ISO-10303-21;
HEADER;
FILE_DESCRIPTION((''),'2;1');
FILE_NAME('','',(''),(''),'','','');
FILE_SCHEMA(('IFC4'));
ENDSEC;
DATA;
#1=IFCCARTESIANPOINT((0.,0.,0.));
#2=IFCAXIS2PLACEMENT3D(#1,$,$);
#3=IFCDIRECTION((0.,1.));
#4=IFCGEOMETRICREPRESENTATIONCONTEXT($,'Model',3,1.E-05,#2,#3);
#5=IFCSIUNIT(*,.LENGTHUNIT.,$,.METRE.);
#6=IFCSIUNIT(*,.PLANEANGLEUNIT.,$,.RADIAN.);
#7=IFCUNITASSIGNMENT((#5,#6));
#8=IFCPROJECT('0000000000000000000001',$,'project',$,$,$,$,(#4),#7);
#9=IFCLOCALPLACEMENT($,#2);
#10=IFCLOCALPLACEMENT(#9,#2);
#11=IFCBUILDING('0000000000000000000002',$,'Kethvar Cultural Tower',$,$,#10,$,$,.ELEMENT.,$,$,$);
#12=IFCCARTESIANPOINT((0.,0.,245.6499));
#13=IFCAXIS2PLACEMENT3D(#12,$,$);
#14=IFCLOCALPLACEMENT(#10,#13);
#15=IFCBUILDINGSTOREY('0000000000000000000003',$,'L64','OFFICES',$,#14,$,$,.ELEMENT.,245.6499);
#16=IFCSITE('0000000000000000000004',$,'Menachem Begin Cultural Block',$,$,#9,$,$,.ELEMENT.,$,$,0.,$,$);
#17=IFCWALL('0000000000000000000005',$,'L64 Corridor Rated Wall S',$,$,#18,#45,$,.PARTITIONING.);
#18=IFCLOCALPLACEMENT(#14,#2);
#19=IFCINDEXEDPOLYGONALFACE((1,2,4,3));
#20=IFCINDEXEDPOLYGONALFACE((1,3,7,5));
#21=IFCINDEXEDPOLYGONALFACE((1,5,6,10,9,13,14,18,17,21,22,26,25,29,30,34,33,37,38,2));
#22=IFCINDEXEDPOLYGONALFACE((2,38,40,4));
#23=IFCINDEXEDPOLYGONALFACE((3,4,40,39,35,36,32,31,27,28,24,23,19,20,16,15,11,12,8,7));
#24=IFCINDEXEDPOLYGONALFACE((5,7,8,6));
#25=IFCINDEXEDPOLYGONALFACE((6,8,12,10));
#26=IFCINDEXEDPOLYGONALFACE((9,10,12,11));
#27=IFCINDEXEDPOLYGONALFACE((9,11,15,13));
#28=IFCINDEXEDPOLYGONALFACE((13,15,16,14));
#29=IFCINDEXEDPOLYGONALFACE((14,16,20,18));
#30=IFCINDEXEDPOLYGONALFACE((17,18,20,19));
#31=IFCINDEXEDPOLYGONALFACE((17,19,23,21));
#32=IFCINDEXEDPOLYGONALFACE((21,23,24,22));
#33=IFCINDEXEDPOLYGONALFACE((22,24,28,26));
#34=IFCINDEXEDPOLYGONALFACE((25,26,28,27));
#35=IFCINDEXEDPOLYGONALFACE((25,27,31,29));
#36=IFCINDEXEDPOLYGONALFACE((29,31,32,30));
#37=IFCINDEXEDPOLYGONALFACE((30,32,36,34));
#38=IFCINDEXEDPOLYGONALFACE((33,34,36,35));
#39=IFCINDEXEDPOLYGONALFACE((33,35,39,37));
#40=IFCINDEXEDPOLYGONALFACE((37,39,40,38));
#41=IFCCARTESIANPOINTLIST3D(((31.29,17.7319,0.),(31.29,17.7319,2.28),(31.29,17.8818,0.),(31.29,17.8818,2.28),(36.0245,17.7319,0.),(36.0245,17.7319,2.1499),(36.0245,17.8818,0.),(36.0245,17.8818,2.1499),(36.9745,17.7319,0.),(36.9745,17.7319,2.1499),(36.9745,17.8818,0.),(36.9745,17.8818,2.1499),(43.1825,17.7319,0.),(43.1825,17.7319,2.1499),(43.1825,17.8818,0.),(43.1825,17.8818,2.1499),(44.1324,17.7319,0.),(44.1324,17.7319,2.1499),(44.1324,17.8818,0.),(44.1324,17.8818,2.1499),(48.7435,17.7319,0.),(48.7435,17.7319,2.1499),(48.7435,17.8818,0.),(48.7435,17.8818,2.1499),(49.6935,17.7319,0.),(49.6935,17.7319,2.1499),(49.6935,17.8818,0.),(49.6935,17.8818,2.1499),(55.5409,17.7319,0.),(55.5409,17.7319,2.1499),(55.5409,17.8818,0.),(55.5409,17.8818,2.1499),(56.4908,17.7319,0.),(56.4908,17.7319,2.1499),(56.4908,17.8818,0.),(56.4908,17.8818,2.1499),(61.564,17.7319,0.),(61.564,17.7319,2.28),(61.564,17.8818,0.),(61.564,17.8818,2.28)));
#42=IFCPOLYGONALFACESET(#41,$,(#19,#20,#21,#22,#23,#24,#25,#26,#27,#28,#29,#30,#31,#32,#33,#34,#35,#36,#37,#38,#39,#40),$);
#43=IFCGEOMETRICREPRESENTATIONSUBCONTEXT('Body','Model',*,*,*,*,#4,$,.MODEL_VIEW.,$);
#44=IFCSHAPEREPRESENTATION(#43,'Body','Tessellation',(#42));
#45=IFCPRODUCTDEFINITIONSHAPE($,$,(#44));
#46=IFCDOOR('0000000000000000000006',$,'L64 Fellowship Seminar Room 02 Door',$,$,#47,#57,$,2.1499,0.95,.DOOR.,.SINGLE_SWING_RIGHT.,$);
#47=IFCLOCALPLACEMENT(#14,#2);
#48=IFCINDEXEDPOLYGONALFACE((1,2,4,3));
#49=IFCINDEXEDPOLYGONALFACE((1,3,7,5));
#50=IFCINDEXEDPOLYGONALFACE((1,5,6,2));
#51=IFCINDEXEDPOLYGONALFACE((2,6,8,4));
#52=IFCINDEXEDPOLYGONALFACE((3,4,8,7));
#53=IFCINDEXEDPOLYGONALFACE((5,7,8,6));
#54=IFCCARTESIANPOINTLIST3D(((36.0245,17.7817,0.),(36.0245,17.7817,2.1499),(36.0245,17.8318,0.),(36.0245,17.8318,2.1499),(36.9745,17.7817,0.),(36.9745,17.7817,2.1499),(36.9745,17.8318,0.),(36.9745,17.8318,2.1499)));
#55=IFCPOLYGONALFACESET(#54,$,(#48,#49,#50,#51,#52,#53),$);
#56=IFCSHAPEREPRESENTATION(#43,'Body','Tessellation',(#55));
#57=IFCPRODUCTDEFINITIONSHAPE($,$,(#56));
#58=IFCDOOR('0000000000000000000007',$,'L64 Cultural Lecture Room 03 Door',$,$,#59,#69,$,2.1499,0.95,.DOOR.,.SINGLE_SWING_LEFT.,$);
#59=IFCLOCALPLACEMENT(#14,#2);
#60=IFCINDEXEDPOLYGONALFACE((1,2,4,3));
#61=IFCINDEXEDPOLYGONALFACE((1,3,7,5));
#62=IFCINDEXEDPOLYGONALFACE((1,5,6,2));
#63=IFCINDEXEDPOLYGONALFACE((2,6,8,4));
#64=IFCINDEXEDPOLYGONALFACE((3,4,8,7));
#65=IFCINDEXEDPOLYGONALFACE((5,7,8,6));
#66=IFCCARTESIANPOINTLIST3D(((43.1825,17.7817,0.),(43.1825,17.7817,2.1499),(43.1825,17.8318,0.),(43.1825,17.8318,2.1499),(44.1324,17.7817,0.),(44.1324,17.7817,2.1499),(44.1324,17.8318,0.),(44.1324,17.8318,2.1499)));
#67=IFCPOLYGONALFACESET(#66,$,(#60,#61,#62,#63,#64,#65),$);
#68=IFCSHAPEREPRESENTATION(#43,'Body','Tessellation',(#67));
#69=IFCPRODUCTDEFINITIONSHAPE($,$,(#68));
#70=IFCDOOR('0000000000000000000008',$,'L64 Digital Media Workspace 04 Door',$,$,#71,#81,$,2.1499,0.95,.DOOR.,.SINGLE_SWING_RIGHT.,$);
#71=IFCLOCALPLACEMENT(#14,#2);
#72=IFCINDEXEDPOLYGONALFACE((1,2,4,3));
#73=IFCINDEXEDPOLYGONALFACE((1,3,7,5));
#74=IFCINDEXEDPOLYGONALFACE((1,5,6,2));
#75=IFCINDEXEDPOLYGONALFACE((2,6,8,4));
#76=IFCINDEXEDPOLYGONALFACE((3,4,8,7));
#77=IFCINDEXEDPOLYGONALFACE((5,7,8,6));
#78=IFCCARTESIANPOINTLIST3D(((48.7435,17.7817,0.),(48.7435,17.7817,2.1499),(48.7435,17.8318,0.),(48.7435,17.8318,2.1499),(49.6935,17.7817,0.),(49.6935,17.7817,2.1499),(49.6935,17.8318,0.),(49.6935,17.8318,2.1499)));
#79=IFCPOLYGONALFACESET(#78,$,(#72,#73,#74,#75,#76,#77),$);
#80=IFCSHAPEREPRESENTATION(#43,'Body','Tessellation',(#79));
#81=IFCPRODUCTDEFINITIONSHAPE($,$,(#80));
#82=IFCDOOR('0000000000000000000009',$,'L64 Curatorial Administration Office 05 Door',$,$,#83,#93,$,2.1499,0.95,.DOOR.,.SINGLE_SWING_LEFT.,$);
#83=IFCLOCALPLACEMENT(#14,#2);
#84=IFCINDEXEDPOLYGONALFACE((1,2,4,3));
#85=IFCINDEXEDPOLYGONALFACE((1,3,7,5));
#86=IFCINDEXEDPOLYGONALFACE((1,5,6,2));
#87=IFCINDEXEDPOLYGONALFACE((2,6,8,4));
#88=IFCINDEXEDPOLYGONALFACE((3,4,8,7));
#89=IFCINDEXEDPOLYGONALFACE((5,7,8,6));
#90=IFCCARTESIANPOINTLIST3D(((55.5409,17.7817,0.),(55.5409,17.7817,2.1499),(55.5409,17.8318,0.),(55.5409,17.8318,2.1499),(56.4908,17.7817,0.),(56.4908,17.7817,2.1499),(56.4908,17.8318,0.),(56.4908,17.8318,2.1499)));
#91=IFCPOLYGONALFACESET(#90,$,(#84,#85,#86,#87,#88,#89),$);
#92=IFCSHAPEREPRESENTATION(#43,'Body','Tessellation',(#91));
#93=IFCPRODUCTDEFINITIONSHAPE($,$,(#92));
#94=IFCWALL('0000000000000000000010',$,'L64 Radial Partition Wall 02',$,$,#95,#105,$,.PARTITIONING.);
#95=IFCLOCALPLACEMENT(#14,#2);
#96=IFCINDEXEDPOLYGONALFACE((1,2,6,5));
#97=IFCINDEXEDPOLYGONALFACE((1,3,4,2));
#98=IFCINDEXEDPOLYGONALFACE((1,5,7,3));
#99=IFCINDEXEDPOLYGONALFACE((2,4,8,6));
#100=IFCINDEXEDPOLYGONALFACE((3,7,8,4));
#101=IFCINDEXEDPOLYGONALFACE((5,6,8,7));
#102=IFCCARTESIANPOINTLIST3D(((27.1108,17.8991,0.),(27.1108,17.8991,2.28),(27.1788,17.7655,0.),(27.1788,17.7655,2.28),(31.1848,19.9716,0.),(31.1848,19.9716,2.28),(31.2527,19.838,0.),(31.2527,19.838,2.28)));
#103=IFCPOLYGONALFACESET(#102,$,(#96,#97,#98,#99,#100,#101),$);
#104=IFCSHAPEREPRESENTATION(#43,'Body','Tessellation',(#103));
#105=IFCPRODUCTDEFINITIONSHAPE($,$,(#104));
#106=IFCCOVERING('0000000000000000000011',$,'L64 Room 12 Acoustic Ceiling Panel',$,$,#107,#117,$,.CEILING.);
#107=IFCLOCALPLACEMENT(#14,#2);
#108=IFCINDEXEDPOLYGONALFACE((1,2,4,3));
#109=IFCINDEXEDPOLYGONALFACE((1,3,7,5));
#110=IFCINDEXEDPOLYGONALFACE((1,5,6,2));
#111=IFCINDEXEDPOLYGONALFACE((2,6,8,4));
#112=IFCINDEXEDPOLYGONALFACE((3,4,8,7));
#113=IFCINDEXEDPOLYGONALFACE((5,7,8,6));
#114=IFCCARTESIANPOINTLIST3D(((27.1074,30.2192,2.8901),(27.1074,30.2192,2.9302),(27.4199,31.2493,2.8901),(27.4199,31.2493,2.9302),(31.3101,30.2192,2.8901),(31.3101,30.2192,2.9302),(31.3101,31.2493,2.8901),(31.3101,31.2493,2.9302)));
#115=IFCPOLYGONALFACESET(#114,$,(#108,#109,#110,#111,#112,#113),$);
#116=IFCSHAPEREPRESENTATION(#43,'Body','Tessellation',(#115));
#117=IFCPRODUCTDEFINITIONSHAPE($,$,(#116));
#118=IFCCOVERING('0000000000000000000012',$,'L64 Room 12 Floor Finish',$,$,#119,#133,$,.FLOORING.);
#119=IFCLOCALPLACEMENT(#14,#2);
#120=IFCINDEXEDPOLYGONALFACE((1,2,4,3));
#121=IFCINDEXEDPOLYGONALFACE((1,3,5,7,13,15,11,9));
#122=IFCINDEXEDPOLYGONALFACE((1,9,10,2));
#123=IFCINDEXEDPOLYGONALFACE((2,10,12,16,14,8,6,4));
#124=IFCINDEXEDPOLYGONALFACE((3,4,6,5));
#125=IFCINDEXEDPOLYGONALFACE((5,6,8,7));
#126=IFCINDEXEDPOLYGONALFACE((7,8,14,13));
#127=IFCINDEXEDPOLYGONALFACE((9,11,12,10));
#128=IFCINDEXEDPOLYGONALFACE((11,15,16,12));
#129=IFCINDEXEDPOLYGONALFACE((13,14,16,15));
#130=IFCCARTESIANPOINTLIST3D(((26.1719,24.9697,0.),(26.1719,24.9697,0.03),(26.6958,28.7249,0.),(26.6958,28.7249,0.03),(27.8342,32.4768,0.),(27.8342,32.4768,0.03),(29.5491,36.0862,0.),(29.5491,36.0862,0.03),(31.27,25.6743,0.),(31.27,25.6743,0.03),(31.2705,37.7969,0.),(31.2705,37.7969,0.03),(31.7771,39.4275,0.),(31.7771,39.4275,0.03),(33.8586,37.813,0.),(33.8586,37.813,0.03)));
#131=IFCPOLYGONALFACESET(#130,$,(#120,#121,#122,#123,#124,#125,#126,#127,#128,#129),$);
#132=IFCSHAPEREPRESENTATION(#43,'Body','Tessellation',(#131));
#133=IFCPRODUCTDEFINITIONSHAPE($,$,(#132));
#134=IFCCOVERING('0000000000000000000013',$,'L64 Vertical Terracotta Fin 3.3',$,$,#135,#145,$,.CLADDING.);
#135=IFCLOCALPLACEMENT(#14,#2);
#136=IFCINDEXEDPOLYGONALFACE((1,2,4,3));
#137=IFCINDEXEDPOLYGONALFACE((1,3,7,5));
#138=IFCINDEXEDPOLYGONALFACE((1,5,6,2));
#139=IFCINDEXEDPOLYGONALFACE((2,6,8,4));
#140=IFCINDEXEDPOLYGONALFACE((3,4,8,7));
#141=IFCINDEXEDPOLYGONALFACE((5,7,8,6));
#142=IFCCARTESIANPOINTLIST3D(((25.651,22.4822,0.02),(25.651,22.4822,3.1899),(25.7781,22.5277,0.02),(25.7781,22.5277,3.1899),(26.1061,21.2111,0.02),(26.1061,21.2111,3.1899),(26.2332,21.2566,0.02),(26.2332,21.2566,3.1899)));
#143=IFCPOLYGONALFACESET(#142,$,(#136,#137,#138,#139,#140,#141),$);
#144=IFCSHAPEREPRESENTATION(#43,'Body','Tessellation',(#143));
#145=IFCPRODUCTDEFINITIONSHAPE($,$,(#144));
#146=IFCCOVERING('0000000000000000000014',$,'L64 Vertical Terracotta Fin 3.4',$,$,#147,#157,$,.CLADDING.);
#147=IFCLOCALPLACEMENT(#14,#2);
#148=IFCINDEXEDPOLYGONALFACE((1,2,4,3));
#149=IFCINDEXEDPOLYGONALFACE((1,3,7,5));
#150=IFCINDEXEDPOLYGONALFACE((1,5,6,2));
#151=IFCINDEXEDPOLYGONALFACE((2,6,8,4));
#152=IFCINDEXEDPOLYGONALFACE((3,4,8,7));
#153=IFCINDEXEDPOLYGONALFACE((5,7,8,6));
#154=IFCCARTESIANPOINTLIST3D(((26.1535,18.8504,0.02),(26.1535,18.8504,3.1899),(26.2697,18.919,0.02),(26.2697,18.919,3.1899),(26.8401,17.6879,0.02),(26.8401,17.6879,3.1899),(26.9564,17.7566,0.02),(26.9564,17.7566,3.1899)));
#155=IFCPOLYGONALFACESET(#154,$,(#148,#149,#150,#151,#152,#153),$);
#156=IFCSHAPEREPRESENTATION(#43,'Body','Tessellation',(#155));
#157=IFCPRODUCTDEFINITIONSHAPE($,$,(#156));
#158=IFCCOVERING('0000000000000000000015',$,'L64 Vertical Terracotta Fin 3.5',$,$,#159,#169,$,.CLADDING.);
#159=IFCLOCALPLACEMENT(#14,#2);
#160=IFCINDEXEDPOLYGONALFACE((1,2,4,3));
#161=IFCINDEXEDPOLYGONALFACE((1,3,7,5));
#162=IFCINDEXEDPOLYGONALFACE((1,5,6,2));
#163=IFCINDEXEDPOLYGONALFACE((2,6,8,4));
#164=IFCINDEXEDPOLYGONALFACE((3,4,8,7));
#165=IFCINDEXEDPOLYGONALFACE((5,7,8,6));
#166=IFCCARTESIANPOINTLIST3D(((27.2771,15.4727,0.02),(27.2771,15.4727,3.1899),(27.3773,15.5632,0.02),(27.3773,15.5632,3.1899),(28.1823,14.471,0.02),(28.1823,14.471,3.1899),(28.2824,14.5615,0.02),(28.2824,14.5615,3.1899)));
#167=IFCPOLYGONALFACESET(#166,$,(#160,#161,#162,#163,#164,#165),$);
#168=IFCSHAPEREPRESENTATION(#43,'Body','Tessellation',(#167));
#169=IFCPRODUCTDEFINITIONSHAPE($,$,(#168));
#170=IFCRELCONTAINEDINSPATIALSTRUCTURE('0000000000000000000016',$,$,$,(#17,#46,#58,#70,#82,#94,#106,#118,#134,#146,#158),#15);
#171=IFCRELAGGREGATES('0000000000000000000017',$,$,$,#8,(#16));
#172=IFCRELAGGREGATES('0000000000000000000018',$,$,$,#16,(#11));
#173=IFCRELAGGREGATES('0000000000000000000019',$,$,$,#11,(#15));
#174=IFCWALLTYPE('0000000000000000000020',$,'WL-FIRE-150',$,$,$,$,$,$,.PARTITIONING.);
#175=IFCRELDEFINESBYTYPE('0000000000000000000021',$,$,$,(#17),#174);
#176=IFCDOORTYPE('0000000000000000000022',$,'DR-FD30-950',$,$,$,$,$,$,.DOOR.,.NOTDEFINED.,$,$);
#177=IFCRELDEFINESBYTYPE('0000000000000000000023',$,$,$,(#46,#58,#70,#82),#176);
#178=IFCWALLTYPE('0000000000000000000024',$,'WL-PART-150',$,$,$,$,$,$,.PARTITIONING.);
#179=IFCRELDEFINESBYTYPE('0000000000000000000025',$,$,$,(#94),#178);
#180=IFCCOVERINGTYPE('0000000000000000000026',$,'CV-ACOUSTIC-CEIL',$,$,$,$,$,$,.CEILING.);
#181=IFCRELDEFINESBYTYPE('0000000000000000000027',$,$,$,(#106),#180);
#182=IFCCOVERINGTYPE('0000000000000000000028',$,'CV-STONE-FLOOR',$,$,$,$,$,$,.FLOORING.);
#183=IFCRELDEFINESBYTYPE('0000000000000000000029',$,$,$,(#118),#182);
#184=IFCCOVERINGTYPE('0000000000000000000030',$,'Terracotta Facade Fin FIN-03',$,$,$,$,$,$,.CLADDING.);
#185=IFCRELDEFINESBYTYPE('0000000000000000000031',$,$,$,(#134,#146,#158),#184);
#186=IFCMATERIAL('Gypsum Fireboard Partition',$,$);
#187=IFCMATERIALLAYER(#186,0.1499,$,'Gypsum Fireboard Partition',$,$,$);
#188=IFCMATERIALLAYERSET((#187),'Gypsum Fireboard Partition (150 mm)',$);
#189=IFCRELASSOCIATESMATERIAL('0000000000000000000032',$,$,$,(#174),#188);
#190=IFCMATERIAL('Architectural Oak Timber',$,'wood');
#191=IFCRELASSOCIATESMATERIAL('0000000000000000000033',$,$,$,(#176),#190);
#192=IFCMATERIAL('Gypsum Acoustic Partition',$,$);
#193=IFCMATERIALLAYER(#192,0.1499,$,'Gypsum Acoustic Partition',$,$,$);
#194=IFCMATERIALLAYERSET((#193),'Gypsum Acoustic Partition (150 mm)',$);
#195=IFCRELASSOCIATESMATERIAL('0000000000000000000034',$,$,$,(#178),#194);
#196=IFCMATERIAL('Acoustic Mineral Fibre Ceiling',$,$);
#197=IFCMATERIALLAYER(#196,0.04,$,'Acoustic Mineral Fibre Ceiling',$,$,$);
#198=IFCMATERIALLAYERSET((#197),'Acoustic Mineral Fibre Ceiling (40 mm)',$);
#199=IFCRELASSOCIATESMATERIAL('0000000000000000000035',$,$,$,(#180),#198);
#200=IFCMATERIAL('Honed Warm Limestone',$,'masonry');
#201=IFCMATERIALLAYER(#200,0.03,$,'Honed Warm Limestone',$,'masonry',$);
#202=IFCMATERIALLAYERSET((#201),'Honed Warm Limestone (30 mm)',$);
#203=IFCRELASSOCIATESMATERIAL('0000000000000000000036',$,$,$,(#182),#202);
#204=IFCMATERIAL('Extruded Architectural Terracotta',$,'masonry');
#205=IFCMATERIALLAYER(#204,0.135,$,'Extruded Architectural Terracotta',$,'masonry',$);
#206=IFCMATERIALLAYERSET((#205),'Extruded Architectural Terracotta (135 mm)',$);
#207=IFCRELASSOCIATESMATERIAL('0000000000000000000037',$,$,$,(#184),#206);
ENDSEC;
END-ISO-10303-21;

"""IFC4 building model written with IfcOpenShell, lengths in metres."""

from ifc_helpers import new_model, si_unit, direction, frame, frame_2d, origin, origin_2d, place, context, subcontext, project, spatial, polyline, rectangle, outline, extrude, source, transform, mapped, material, layer, layer_set, type_object, element, fill, save


model = new_model("IFC4")

# Units and contexts
model_context = context("Model", 3, precision=1e-05, world=origin(), true_north=direction((0.0, 1.0)))
body_context = subcontext(model_context, "Body", "Model", "MODEL_VIEW")
ifc_project = project(units=[si_unit("LENGTHUNIT", "METRE"), si_unit("PLANEANGLEUNIT", "RADIAN")], contexts=[model_context])

# Site, building, storey
site_placement = place(None, origin())
site = spatial("IfcSite", under=ifc_project, at=site_placement, Name="Menachem Begin Cultural Block", CompositionType="ELEMENT", RefElevation=0.0)
building_placement = place(site_placement, origin())
building = spatial("IfcBuilding", under=site, at=building_placement, Name="Kethvar Cultural Tower", CompositionType="ELEMENT")
storey_placement = place(building_placement, frame((0.0, 0.0, 245.6499)))
storey = spatial("IfcBuildingStorey", under=building, at=storey_placement, Name="L64", Description="OFFICES", CompositionType="ELEMENT", Elevation=245.6499)

# Wall, openings, doors
ifc_material_1 = material(Name="Gypsum Fireboard Partition")
ifc_layer_1 = layer(ifc_material_1, 0.1499, Name="Gypsum Fireboard Partition")
ifc_layer_set_1 = layer_set([ifc_layer_1], Name="Gypsum Fireboard Partition (150 mm)")
wall_type_1 = type_object("IfcWallType", Name="WL-FIRE-150", PredefinedType="PARTITIONING", material=ifc_layer_set_1)
wall_1_placement = place(storey_placement, frame((31.29, 17.8069, 0.0), z_axis=(0.0, 0.0, 1.0), x_axis=(1.0, 0.0, 0.0)))
wall_1 = element("IfcWall", 1, at=wall_1_placement, inside=storey, type_object=wall_type_1, Name="L64 Corridor Rated Wall S", PredefinedType="PARTITIONING", context=body_context, shape_type="SweptSolid", body=[
    extrude(rectangle(XDim=30.2739, YDim=0.1499, at=frame_2d((15.137, 0.0))), origin(), (0.0, 0.0, 1.0), 2.28),
])
opening_1_placement = place(wall_1_placement, frame((4.7344, 0.0, 0.0)))
opening_1 = element("IfcOpeningElement", 2, at=opening_1_placement, cuts=wall_1, PredefinedType="OPENING", context=body_context, shape_type="SweptSolid", body=[
    extrude(rectangle(XDim=0.95, YDim=2.1499, at=frame_2d((0.4751, 1.075))), frame((0.0, 0.085, 0.0), z_axis=(0.0, -1.0, 0.0), x_axis=(1.0, 0.0, 0.0)), (0.0, 0.0, 1.0), 0.1699),
])
opening_2_placement = place(wall_1_placement, frame((11.8923, 0.0, 0.0)))
opening_2 = element("IfcOpeningElement", 3, at=opening_2_placement, cuts=wall_1, PredefinedType="OPENING", context=body_context, shape_type="SweptSolid", body=[
    extrude(rectangle(XDim=0.95, YDim=2.1499, at=frame_2d((0.4751, 1.075))), frame((0.0, 0.085, 0.0), z_axis=(0.0, -1.0, 0.0), x_axis=(1.0, 0.0, 0.0)), (0.0, 0.0, 1.0), 0.1699),
])
opening_3_placement = place(wall_1_placement, frame((17.4534, 0.0, 0.0)))
opening_3 = element("IfcOpeningElement", 4, at=opening_3_placement, cuts=wall_1, PredefinedType="OPENING", context=body_context, shape_type="SweptSolid", body=[
    extrude(rectangle(XDim=0.95, YDim=2.1499, at=frame_2d((0.4751, 1.075))), frame((0.0, 0.085, 0.0), z_axis=(0.0, -1.0, 0.0), x_axis=(1.0, 0.0, 0.0)), (0.0, 0.0, 1.0), 0.1699),
])
opening_4_placement = place(wall_1_placement, frame((24.2507, 0.0, 0.0)))
opening_4 = element("IfcOpeningElement", 5, at=opening_4_placement, cuts=wall_1, PredefinedType="OPENING", context=body_context, shape_type="SweptSolid", body=[
    extrude(rectangle(XDim=0.95, YDim=2.1499, at=frame_2d((0.4751, 1.075))), frame((0.0, 0.085, 0.0), z_axis=(0.0, -1.0, 0.0), x_axis=(1.0, 0.0, 0.0)), (0.0, 0.0, 1.0), 0.1699),
])
ifc_material_2 = material(Name="Architectural Oak Timber", Category="wood")
door_type = type_object("IfcDoorType", Name="DR-FD30-950", OperationType="NOTDEFINED", PredefinedType="DOOR", material=ifc_material_2)
shared_shape_1 = source(origin(), body_context, "Body", "SweptSolid", [
    extrude(rectangle(XDim=0.95, YDim=2.1499, at=frame_2d((0.4751, 1.075))), frame((0.0, 0.0249, 0.0), z_axis=(0.0, -1.0, 0.0), x_axis=(1.0, 0.0, 0.0)), (0.0, 0.0, 1.0), 0.05),
])
door_1_placement = place(opening_1_placement, origin())
door_1 = element("IfcDoor", 6, at=door_1_placement, inside=storey, type_object=door_type, Name="L64 Fellowship Seminar Room 02 Door", OperationType="SINGLE_SWING_RIGHT", OverallHeight=2.1499, OverallWidth=0.95, PredefinedType="DOOR", context=body_context, shape_type="MappedRepresentation", body=[
    mapped(shared_shape_1, transform((0.0, 0.0, 0.0), scale=1.0)),
])
fill(opening_1, door_1)
door_2_placement = place(opening_2_placement, origin())
door_2 = element("IfcDoor", 7, at=door_2_placement, inside=storey, type_object=door_type, Name="L64 Cultural Lecture Room 03 Door", OperationType="SINGLE_SWING_LEFT", OverallHeight=2.1499, OverallWidth=0.95, PredefinedType="DOOR", context=body_context, shape_type="MappedRepresentation", body=[
    mapped(shared_shape_1, transform((0.0, 0.0, 0.0), scale=1.0)),
])
fill(opening_2, door_2)
door_3_placement = place(opening_3_placement, origin())
door_3 = element("IfcDoor", 8, at=door_3_placement, inside=storey, type_object=door_type, Name="L64 Digital Media Workspace 04 Door", OperationType="SINGLE_SWING_RIGHT", OverallHeight=2.1499, OverallWidth=0.95, PredefinedType="DOOR", context=body_context, shape_type="MappedRepresentation", body=[
    mapped(shared_shape_1, transform((0.0, 0.0, 0.0), scale=1.0)),
])
fill(opening_3, door_3)
door_4_placement = place(opening_4_placement, origin())
door_4 = element("IfcDoor", 9, at=door_4_placement, inside=storey, type_object=door_type, Name="L64 Curatorial Administration Office 05 Door", OperationType="SINGLE_SWING_LEFT", OverallHeight=2.1499, OverallWidth=0.95, PredefinedType="DOOR", context=body_context, shape_type="MappedRepresentation", body=[
    mapped(shared_shape_1, transform((0.0, 0.0, 0.0), scale=1.0)),
])
fill(opening_4, door_4)

# Wall
ifc_material_3 = material(Name="Gypsum Acoustic Partition")
ifc_layer_2 = layer(ifc_material_3, 0.1499, Name="Gypsum Acoustic Partition")
ifc_layer_set_2 = layer_set([ifc_layer_2], Name="Gypsum Acoustic Partition (150 mm)")
wall_type_2 = type_object("IfcWallType", Name="WL-PART-150", PredefinedType="PARTITIONING", material=ifc_layer_set_2)
wall_2_placement = place(storey_placement, frame((31.2188, 19.9048, 0.0), z_axis=(0.0, 0.0, 1.0), x_axis=(-0.891297, -0.45342, 0.0)))
element("IfcWall", 10, at=wall_2_placement, inside=storey, type_object=wall_type_2, Name="L64 Radial Partition Wall 02", PredefinedType="PARTITIONING", context=body_context, shape_type="SweptSolid", body=[
    extrude(rectangle(XDim=4.5708, YDim=0.1499, at=frame_2d((2.2854, 0.0))), origin(), (0.0, 0.0, 1.0), 2.28),
])

# Coverings
ifc_material_4 = material(Name="Acoustic Mineral Fibre Ceiling")
ifc_layer_3 = layer(ifc_material_4, 0.04, Name="Acoustic Mineral Fibre Ceiling")
ifc_layer_set_3 = layer_set([ifc_layer_3], Name="Acoustic Mineral Fibre Ceiling (40 mm)")
covering_type_1 = type_object("IfcCoveringType", Name="CV-ACOUSTIC-CEIL", PredefinedType="CEILING", material=ifc_layer_set_3)
covering_1_placement = place(storey_placement, frame((0.0, 0.0, 2.8901)))
element("IfcCovering", 11, at=covering_1_placement, inside=storey, type_object=covering_type_1, Name="L64 Room 12 Acoustic Ceiling Panel", PredefinedType="CEILING", context=body_context, shape_type="SweptSolid", body=[
    extrude(outline(polyline([(27.4199, 31.2493), (31.3101, 31.2493), (31.3101, 30.2192), (27.1074, 30.2192), (27.4199, 31.2493)])), origin(), (0.0, 0.0, 1.0), 0.04),
])
ifc_material_5 = material(Name="Honed Warm Limestone", Category="masonry")
ifc_layer_4 = layer(ifc_material_5, 0.03, Name="Honed Warm Limestone", Category="masonry")
ifc_layer_set_4 = layer_set([ifc_layer_4], Name="Honed Warm Limestone (30 mm)")
covering_type_2 = type_object("IfcCoveringType", Name="CV-STONE-FLOOR", PredefinedType="FLOORING", material=ifc_layer_set_4)
covering_2_placement = place(storey_placement, origin())
element("IfcCovering", 12, at=covering_2_placement, inside=storey, type_object=covering_type_2, Name="L64 Room 12 Floor Finish", PredefinedType="FLOORING", context=body_context, shape_type="SweptSolid", body=[
    extrude(outline(polyline([(26.6958, 28.7249), (27.8342, 32.4768), (29.5491, 36.0862), (31.7771, 39.4275), (33.8586, 37.813), (31.2705, 37.7969), (31.27, 25.6743), (26.1719, 24.9697), (26.6958, 28.7249)])), origin(), (0.0, 0.0, 1.0), 0.03),
])
ifc_material_6 = material(Name="Extruded Architectural Terracotta", Category="masonry")
ifc_layer_5 = layer(ifc_material_6, 0.135, Name="Extruded Architectural Terracotta", Category="masonry")
ifc_layer_set_5 = layer_set([ifc_layer_5], Name="Extruded Architectural Terracotta (135 mm)")
covering_type_3 = type_object("IfcCoveringType", Name="Terracotta Facade Fin FIN-03", PredefinedType="CLADDING", material=ifc_layer_set_5)
shared_shape_2 = source(origin(), body_context, "Body", "SweptSolid", [
    extrude(rectangle(XDim=1.3501, YDim=0.135, at=origin_2d()), origin(), (0.0, 0.0, 1.0), 3.1699),
])
for number, where, z_axis, x_axis, name in (
    (13, (25.9421, 21.8694, 0.02), (0.0, 0.0, 1.0), (-0.337095, 0.941471, 0.0), "L64 Vertical Terracotta Fin 3.3"),
    (14, (26.5549, 18.3035, 0.02), (0.0, 0.0, 1.0), (-0.508591, 0.861008, 0.0), "L64 Vertical Terracotta Fin 3.4"),
    (15, (27.7798, 15.0171, 0.02), (0.0, 0.0, 1.0), (-0.670427, 0.741976, 0.0), "L64 Vertical Terracotta Fin 3.5"),
):
    element("IfcCovering", number, at=place(storey_placement, frame(where, z_axis=z_axis, x_axis=x_axis)), inside=storey, type_object=covering_type_3, Name=name, PredefinedType="CLADDING", context=body_context, shape_type="MappedRepresentation", body=[
        mapped(shared_shape_2, transform((0.0, 0.0, 0.0), scale=1.0)),
    ])

save(model, "model.ifc")
